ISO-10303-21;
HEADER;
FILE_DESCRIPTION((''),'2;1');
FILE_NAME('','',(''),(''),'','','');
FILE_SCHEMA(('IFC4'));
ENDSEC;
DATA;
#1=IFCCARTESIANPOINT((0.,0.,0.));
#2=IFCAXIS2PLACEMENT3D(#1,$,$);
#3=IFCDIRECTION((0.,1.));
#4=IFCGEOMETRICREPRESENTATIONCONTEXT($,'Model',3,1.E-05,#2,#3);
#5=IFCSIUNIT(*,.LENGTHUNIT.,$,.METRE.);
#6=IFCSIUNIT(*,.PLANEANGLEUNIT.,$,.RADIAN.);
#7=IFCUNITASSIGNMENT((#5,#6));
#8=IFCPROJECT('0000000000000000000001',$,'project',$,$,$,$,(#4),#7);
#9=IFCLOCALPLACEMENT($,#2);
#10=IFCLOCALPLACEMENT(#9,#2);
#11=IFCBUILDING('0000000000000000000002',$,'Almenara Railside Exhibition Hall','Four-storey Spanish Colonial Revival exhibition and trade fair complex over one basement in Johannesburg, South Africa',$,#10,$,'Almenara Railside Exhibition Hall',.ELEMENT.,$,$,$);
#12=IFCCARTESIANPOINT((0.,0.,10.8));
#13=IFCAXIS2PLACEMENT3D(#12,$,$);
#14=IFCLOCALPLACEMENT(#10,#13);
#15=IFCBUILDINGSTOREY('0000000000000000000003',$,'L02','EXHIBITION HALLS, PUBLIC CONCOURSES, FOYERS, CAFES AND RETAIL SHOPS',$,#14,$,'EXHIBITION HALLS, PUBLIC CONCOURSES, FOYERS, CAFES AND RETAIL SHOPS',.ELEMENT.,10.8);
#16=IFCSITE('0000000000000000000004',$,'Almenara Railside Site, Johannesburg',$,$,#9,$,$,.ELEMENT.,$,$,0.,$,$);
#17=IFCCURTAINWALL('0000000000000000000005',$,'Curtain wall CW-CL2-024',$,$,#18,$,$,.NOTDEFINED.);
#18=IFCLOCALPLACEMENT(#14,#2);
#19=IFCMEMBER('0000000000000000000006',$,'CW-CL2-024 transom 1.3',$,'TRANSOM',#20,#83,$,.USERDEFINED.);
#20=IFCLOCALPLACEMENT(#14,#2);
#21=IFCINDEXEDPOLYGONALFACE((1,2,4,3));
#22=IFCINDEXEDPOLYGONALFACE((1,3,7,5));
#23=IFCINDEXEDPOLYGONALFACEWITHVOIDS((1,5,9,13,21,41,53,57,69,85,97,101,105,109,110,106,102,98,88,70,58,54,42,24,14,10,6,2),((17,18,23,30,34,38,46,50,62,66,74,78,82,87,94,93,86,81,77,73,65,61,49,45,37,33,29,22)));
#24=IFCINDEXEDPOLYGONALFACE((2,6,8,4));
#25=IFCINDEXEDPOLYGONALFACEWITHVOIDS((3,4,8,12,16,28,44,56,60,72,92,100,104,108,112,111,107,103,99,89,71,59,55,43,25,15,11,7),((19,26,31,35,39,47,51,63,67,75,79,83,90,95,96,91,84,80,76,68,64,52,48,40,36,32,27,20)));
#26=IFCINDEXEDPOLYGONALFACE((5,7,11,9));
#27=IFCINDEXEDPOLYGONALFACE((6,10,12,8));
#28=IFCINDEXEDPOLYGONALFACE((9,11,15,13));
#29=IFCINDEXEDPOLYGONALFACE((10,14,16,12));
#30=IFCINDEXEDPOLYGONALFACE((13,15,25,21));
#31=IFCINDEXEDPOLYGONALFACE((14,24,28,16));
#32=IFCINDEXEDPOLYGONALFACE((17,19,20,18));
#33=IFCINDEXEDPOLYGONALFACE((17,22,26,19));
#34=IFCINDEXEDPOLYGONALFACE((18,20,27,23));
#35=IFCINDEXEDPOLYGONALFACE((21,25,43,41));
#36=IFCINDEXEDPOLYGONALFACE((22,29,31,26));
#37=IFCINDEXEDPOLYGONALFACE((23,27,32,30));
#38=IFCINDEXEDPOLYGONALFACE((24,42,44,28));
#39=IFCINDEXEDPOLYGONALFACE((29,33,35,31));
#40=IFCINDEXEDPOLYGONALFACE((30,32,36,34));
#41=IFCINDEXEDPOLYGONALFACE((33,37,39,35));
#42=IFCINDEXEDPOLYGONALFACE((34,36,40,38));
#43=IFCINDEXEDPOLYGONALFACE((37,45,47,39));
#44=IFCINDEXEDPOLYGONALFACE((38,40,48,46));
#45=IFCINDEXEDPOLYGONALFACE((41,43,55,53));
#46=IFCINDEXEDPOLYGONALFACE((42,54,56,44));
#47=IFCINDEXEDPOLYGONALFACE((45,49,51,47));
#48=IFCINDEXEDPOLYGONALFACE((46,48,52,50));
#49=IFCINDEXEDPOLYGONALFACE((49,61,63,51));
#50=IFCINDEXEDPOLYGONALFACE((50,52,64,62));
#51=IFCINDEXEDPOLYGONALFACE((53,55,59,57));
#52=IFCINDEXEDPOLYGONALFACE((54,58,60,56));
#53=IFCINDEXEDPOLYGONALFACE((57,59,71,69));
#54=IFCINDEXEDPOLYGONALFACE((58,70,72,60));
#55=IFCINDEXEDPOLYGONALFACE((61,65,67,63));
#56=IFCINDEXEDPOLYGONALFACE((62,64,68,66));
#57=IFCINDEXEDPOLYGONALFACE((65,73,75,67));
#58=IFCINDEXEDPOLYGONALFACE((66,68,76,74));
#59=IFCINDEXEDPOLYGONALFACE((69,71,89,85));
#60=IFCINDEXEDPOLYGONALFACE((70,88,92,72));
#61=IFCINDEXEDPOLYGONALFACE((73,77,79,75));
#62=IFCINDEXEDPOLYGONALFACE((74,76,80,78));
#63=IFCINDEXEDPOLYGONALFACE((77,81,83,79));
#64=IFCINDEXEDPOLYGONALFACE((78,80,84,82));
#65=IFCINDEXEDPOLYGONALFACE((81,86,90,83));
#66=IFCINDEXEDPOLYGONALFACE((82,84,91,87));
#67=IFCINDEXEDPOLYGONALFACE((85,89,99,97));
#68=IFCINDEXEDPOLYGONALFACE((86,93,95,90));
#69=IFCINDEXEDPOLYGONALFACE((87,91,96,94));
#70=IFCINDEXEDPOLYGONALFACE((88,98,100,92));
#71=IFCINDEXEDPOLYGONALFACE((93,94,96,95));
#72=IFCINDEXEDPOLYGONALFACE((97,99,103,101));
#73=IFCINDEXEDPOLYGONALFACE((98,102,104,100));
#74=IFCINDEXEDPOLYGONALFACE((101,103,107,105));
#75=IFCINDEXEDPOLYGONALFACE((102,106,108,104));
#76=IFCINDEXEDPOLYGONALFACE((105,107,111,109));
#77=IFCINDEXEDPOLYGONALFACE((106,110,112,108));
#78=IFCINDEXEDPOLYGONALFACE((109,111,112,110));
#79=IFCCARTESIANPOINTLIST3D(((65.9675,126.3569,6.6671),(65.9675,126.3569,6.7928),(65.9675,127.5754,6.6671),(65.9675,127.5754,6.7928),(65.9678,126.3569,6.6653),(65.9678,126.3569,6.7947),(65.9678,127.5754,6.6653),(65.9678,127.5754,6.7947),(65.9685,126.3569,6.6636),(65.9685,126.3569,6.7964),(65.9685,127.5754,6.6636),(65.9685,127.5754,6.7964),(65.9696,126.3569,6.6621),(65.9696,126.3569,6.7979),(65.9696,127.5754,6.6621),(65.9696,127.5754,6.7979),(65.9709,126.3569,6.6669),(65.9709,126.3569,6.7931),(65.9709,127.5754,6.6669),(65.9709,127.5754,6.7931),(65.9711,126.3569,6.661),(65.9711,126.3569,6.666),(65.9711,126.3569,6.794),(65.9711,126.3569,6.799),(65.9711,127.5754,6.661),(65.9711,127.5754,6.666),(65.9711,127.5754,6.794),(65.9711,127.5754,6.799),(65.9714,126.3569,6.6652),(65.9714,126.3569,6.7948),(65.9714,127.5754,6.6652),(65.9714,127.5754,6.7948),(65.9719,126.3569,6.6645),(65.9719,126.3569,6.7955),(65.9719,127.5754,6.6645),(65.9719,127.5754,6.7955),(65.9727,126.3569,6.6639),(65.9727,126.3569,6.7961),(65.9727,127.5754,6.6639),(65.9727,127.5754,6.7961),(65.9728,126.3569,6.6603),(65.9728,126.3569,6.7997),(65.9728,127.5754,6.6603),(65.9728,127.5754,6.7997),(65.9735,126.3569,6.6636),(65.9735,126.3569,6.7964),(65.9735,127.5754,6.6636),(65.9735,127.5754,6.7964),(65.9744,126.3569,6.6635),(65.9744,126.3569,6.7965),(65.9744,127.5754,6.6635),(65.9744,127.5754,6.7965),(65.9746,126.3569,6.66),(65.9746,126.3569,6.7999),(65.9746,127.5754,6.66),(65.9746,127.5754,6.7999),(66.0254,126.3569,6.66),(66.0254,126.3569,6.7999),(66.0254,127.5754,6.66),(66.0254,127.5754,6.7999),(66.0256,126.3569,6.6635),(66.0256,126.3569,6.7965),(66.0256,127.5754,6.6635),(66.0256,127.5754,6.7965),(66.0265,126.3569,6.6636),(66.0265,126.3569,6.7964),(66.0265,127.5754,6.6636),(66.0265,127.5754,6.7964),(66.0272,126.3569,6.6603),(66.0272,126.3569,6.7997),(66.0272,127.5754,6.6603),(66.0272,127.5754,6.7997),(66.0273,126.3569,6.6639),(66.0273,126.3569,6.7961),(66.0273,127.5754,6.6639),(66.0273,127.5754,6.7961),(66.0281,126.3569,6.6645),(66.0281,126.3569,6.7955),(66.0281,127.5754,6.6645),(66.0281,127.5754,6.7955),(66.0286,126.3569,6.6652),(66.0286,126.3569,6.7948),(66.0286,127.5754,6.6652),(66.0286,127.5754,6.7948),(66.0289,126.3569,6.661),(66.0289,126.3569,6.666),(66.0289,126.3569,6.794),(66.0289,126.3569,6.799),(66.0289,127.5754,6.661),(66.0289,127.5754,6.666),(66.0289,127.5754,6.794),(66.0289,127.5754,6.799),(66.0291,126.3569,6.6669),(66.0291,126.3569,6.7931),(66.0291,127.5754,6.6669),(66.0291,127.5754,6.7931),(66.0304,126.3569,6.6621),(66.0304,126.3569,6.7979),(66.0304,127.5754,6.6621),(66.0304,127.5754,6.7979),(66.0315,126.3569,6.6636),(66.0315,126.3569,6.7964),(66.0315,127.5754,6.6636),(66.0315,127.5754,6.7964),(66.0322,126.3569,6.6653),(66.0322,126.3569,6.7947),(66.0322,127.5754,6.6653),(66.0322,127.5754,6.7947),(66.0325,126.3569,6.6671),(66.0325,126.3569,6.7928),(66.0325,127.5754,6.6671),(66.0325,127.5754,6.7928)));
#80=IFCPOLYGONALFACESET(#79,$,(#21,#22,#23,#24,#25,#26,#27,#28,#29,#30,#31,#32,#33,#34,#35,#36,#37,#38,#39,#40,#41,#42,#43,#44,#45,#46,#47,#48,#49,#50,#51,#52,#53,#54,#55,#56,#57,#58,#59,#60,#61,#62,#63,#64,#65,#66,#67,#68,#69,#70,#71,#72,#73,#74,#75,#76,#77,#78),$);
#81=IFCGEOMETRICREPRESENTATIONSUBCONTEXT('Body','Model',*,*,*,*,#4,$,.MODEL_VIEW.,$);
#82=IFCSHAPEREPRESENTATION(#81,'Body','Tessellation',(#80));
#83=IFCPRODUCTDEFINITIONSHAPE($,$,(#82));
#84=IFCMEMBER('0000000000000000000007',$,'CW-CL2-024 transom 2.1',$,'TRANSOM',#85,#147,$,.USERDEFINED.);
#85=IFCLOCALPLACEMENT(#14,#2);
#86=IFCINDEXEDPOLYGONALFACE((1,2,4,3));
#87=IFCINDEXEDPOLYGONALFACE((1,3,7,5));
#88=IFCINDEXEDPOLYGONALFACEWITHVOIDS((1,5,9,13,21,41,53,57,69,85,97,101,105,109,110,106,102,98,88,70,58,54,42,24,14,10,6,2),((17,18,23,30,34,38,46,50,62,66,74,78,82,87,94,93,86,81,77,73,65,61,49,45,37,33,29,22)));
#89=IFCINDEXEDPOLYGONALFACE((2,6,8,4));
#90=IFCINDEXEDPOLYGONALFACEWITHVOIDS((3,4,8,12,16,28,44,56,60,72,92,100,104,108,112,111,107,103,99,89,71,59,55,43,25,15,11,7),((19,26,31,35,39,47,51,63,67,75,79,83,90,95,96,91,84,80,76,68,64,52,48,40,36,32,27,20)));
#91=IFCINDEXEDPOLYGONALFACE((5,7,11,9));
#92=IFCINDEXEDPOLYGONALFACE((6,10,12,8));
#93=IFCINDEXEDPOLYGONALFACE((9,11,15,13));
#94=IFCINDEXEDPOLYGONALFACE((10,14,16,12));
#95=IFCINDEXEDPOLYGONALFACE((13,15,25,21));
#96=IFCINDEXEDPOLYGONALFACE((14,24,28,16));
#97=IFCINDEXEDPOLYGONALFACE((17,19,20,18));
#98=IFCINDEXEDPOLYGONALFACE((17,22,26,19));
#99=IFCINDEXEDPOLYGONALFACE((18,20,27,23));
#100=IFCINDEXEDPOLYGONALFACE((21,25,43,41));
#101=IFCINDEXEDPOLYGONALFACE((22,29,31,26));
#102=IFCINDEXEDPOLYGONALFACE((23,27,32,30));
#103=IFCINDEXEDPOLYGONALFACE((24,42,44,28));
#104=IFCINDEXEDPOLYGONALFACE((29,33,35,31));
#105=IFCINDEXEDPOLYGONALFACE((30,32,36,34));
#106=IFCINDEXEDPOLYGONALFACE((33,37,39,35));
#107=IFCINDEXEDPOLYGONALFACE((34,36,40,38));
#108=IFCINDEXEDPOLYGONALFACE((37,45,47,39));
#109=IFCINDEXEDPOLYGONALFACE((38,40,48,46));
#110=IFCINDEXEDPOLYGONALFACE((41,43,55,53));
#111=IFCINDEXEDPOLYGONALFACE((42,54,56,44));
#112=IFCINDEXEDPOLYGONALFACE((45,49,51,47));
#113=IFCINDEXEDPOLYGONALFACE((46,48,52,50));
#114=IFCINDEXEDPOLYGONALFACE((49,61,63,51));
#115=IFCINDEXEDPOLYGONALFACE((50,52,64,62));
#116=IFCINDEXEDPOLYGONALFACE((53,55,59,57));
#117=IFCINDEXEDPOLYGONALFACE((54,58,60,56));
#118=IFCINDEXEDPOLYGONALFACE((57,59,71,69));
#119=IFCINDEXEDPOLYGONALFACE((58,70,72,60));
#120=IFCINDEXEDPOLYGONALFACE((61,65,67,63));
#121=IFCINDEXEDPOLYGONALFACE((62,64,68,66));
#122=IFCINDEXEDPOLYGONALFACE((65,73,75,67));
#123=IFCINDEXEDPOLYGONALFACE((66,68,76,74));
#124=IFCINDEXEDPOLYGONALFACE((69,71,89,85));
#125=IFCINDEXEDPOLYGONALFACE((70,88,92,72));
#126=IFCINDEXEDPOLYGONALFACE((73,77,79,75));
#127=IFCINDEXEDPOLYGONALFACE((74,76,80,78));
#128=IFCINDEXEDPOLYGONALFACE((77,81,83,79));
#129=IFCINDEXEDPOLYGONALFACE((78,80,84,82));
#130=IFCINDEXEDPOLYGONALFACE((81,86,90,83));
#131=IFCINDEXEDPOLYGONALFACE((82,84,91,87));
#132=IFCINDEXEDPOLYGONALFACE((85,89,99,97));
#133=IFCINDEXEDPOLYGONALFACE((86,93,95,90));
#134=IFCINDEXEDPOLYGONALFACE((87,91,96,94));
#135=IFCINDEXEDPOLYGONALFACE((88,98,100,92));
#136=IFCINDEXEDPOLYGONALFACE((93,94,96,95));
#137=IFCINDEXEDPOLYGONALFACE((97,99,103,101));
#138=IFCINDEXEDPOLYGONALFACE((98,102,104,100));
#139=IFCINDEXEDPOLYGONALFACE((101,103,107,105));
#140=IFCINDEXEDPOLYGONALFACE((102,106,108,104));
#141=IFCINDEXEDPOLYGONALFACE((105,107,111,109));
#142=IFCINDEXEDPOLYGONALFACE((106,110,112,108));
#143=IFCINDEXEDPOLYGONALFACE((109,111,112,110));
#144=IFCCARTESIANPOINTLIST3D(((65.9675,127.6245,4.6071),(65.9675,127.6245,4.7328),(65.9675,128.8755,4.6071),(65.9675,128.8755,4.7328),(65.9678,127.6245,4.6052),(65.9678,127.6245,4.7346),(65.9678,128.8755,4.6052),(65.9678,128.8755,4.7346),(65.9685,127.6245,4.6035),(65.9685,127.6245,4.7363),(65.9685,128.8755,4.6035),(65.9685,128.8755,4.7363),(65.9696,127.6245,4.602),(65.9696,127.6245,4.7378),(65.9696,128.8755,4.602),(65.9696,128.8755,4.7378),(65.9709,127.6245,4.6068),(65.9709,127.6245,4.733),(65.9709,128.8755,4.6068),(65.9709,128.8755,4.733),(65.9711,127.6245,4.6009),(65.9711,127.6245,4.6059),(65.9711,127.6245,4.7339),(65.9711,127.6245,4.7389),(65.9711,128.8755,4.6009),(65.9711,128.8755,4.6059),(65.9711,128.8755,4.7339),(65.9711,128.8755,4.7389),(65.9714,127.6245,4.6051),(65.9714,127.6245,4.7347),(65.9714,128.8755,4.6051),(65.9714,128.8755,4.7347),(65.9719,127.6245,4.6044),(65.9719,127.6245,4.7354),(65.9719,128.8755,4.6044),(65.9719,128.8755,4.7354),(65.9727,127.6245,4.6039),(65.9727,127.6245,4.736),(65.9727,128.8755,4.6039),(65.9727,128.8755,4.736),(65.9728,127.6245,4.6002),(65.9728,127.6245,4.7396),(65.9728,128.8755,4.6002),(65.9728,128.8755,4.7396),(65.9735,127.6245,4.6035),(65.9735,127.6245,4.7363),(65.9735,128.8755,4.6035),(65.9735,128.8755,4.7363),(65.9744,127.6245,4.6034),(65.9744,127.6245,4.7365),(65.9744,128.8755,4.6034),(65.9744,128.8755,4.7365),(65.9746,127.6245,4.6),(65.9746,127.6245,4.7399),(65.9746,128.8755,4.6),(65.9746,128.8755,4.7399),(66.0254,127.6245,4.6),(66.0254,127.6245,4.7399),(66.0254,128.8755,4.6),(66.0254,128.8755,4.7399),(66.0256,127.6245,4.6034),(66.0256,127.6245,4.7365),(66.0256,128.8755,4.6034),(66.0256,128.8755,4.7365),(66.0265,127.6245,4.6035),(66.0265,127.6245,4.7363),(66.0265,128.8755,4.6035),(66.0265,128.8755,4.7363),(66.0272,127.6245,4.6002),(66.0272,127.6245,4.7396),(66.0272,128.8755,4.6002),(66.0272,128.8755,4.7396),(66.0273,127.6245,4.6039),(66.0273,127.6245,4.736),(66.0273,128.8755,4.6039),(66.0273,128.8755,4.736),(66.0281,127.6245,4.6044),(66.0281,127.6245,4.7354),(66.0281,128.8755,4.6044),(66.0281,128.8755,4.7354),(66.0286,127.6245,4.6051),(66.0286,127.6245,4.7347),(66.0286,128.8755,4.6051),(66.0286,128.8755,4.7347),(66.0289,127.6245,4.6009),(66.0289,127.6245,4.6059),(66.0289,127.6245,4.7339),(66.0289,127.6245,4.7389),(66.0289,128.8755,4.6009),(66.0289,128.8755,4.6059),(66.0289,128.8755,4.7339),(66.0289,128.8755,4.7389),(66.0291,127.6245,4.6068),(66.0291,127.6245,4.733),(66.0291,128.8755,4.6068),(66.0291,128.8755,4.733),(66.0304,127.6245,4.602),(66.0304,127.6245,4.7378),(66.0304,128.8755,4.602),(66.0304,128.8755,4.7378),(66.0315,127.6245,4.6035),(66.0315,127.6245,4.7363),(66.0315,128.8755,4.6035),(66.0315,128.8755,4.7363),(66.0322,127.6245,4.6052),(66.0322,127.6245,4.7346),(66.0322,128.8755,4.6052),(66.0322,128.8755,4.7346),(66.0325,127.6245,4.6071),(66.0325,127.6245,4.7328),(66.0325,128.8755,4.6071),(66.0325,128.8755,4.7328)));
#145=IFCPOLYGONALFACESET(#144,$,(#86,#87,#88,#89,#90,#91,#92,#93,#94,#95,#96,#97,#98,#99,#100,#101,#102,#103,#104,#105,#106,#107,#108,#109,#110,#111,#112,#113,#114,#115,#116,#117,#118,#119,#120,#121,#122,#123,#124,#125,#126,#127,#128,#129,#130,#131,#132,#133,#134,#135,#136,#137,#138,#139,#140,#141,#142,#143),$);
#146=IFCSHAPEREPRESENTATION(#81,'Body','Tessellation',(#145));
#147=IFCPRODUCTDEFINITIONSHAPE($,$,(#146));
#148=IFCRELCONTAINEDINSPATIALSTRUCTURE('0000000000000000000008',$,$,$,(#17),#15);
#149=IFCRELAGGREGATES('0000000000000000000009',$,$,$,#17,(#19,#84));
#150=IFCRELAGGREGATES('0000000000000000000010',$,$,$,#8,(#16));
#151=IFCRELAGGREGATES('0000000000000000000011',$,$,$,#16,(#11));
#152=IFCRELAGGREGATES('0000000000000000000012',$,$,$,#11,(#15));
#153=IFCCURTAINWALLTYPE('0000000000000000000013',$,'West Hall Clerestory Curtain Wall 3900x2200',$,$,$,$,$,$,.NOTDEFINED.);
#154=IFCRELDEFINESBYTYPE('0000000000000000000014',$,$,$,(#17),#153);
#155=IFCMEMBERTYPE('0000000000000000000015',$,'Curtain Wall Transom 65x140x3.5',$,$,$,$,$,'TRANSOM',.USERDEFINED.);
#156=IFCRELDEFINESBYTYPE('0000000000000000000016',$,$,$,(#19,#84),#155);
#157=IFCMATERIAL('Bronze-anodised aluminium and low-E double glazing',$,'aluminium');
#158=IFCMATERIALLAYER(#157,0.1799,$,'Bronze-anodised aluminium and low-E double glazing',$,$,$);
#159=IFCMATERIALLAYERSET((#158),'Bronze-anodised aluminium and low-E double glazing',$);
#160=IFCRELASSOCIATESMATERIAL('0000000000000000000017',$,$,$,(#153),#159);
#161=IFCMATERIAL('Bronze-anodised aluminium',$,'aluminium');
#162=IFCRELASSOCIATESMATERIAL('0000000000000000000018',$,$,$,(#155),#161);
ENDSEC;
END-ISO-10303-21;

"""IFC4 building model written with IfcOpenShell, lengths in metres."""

from ifc_helpers import new_model, si_unit, direction, frame, origin, origin_2d, place, context, subcontext, project, spatial, hollow_rectangle, extrude, material, layer, layer_set, material_profile, profile_set, type_object, element, aggregate, save


model = new_model("IFC4")

# Units and contexts
model_context = context("Model", 3, precision=1e-05, world=origin(), true_north=direction((0.0, 1.0)))
body_context = subcontext(model_context, "Body", "Model", "MODEL_VIEW")
ifc_project = project(units=[si_unit("LENGTHUNIT", "METRE"), si_unit("PLANEANGLEUNIT", "RADIAN")], contexts=[model_context])

# Site, building, storey
site_placement = place(None, origin())
site = spatial("IfcSite", under=ifc_project, at=site_placement, Name="Almenara Railside Site, Johannesburg", CompositionType="ELEMENT", RefElevation=0.0)
building_placement = place(site_placement, origin())
building = spatial("IfcBuilding", under=site, at=building_placement, Name="Almenara Railside Exhibition Hall", Description="Four-storey Spanish Colonial Revival exhibition and trade fair complex over one basement in Johannesburg, South Africa", LongName="Almenara Railside Exhibition Hall", CompositionType="ELEMENT")
storey_placement = place(building_placement, frame((0.0, 0.0, 10.8)))
storey = spatial("IfcBuildingStorey", under=building, at=storey_placement, Name="L02", Description="EXHIBITION HALLS, PUBLIC CONCOURSES, FOYERS, CAFES AND RETAIL SHOPS", LongName="EXHIBITION HALLS, PUBLIC CONCOURSES, FOYERS, CAFES AND RETAIL SHOPS", CompositionType="ELEMENT", Elevation=10.8)

# Curtain wall
ifc_material_1 = material(Name="Bronze-anodised aluminium and low-E double glazing", Category="aluminium")
ifc_layer_1 = layer(ifc_material_1, 0.1799, Name="Bronze-anodised aluminium and low-E double glazing")
ifc_layer_set_1 = layer_set([ifc_layer_1], Name="Bronze-anodised aluminium and low-E double glazing")
curtain_wall_type = type_object("IfcCurtainWallType", Name="West Hall Clerestory Curtain Wall 3900x2200", PredefinedType="NOTDEFINED", material=ifc_layer_set_1)
curtain_wall_1_placement = place(storey_placement, origin())
curtain_wall_1 = element("IfcCurtainWall", 1, at=curtain_wall_1_placement, inside=storey, type_object=curtain_wall_type, Name="Curtain wall CW-CL2-024", PredefinedType="NOTDEFINED")
ifc_material_2 = material(Name="Bronze-anodised aluminium", Category="aluminium")

# Members
ifc_material_profile_1 = material_profile(ifc_material_2, hollow_rectangle(XDim=0.0649, YDim=0.1399, WallThickness=0.0034, InnerFilletRadius=0.0034, OuterFilletRadius=0.0071, at=origin_2d()), Name="ALU-TRN 65x140x3.5")
ifc_profile_set_1 = profile_set([ifc_material_profile_1], Name="Bronze-anodised aluminium")
member_type_1 = type_object("IfcMemberType", Name="Curtain Wall Transom 65x140x3.5", ElementType="TRANSOM", PredefinedType="USERDEFINED", material=ifc_profile_set_1)
member_1_placement = place(storey_placement, frame((66.0, 126.3569, 6.73), z_axis=(0.0, 1.0, 0.0), x_axis=(-1.0, 0.0, 0.0)))
member_1 = element("IfcMember", 2, at=member_1_placement, type_object=member_type_1, Name="CW-CL2-024 transom 1.3", ObjectType="TRANSOM", PredefinedType="USERDEFINED", context=body_context, shape_type="SweptSolid", body=[
    extrude(hollow_rectangle(XDim=0.0649, YDim=0.1399, WallThickness=0.0034, InnerFilletRadius=0.0034, OuterFilletRadius=0.0071, at=origin_2d()), origin(), (0.0, 0.0, 1.0), 1.2185),
])
member_2_placement = place(storey_placement, frame((66.0, 127.6245, 4.6699), z_axis=(0.0, 1.0, 0.0), x_axis=(-1.0, 0.0, 0.0)))
member_2 = element("IfcMember", 3, at=member_2_placement, type_object=member_type_1, Name="CW-CL2-024 transom 2.1", ObjectType="TRANSOM", PredefinedType="USERDEFINED", context=body_context, shape_type="SweptSolid", body=[
    extrude(hollow_rectangle(XDim=0.0649, YDim=0.1399, WallThickness=0.0034, InnerFilletRadius=0.0034, OuterFilletRadius=0.0071, at=origin_2d()), origin(), (0.0, 0.0, 1.0), 1.251),
])

aggregate(curtain_wall_1, [member_1, member_2])

save(model, "model.ifc")
